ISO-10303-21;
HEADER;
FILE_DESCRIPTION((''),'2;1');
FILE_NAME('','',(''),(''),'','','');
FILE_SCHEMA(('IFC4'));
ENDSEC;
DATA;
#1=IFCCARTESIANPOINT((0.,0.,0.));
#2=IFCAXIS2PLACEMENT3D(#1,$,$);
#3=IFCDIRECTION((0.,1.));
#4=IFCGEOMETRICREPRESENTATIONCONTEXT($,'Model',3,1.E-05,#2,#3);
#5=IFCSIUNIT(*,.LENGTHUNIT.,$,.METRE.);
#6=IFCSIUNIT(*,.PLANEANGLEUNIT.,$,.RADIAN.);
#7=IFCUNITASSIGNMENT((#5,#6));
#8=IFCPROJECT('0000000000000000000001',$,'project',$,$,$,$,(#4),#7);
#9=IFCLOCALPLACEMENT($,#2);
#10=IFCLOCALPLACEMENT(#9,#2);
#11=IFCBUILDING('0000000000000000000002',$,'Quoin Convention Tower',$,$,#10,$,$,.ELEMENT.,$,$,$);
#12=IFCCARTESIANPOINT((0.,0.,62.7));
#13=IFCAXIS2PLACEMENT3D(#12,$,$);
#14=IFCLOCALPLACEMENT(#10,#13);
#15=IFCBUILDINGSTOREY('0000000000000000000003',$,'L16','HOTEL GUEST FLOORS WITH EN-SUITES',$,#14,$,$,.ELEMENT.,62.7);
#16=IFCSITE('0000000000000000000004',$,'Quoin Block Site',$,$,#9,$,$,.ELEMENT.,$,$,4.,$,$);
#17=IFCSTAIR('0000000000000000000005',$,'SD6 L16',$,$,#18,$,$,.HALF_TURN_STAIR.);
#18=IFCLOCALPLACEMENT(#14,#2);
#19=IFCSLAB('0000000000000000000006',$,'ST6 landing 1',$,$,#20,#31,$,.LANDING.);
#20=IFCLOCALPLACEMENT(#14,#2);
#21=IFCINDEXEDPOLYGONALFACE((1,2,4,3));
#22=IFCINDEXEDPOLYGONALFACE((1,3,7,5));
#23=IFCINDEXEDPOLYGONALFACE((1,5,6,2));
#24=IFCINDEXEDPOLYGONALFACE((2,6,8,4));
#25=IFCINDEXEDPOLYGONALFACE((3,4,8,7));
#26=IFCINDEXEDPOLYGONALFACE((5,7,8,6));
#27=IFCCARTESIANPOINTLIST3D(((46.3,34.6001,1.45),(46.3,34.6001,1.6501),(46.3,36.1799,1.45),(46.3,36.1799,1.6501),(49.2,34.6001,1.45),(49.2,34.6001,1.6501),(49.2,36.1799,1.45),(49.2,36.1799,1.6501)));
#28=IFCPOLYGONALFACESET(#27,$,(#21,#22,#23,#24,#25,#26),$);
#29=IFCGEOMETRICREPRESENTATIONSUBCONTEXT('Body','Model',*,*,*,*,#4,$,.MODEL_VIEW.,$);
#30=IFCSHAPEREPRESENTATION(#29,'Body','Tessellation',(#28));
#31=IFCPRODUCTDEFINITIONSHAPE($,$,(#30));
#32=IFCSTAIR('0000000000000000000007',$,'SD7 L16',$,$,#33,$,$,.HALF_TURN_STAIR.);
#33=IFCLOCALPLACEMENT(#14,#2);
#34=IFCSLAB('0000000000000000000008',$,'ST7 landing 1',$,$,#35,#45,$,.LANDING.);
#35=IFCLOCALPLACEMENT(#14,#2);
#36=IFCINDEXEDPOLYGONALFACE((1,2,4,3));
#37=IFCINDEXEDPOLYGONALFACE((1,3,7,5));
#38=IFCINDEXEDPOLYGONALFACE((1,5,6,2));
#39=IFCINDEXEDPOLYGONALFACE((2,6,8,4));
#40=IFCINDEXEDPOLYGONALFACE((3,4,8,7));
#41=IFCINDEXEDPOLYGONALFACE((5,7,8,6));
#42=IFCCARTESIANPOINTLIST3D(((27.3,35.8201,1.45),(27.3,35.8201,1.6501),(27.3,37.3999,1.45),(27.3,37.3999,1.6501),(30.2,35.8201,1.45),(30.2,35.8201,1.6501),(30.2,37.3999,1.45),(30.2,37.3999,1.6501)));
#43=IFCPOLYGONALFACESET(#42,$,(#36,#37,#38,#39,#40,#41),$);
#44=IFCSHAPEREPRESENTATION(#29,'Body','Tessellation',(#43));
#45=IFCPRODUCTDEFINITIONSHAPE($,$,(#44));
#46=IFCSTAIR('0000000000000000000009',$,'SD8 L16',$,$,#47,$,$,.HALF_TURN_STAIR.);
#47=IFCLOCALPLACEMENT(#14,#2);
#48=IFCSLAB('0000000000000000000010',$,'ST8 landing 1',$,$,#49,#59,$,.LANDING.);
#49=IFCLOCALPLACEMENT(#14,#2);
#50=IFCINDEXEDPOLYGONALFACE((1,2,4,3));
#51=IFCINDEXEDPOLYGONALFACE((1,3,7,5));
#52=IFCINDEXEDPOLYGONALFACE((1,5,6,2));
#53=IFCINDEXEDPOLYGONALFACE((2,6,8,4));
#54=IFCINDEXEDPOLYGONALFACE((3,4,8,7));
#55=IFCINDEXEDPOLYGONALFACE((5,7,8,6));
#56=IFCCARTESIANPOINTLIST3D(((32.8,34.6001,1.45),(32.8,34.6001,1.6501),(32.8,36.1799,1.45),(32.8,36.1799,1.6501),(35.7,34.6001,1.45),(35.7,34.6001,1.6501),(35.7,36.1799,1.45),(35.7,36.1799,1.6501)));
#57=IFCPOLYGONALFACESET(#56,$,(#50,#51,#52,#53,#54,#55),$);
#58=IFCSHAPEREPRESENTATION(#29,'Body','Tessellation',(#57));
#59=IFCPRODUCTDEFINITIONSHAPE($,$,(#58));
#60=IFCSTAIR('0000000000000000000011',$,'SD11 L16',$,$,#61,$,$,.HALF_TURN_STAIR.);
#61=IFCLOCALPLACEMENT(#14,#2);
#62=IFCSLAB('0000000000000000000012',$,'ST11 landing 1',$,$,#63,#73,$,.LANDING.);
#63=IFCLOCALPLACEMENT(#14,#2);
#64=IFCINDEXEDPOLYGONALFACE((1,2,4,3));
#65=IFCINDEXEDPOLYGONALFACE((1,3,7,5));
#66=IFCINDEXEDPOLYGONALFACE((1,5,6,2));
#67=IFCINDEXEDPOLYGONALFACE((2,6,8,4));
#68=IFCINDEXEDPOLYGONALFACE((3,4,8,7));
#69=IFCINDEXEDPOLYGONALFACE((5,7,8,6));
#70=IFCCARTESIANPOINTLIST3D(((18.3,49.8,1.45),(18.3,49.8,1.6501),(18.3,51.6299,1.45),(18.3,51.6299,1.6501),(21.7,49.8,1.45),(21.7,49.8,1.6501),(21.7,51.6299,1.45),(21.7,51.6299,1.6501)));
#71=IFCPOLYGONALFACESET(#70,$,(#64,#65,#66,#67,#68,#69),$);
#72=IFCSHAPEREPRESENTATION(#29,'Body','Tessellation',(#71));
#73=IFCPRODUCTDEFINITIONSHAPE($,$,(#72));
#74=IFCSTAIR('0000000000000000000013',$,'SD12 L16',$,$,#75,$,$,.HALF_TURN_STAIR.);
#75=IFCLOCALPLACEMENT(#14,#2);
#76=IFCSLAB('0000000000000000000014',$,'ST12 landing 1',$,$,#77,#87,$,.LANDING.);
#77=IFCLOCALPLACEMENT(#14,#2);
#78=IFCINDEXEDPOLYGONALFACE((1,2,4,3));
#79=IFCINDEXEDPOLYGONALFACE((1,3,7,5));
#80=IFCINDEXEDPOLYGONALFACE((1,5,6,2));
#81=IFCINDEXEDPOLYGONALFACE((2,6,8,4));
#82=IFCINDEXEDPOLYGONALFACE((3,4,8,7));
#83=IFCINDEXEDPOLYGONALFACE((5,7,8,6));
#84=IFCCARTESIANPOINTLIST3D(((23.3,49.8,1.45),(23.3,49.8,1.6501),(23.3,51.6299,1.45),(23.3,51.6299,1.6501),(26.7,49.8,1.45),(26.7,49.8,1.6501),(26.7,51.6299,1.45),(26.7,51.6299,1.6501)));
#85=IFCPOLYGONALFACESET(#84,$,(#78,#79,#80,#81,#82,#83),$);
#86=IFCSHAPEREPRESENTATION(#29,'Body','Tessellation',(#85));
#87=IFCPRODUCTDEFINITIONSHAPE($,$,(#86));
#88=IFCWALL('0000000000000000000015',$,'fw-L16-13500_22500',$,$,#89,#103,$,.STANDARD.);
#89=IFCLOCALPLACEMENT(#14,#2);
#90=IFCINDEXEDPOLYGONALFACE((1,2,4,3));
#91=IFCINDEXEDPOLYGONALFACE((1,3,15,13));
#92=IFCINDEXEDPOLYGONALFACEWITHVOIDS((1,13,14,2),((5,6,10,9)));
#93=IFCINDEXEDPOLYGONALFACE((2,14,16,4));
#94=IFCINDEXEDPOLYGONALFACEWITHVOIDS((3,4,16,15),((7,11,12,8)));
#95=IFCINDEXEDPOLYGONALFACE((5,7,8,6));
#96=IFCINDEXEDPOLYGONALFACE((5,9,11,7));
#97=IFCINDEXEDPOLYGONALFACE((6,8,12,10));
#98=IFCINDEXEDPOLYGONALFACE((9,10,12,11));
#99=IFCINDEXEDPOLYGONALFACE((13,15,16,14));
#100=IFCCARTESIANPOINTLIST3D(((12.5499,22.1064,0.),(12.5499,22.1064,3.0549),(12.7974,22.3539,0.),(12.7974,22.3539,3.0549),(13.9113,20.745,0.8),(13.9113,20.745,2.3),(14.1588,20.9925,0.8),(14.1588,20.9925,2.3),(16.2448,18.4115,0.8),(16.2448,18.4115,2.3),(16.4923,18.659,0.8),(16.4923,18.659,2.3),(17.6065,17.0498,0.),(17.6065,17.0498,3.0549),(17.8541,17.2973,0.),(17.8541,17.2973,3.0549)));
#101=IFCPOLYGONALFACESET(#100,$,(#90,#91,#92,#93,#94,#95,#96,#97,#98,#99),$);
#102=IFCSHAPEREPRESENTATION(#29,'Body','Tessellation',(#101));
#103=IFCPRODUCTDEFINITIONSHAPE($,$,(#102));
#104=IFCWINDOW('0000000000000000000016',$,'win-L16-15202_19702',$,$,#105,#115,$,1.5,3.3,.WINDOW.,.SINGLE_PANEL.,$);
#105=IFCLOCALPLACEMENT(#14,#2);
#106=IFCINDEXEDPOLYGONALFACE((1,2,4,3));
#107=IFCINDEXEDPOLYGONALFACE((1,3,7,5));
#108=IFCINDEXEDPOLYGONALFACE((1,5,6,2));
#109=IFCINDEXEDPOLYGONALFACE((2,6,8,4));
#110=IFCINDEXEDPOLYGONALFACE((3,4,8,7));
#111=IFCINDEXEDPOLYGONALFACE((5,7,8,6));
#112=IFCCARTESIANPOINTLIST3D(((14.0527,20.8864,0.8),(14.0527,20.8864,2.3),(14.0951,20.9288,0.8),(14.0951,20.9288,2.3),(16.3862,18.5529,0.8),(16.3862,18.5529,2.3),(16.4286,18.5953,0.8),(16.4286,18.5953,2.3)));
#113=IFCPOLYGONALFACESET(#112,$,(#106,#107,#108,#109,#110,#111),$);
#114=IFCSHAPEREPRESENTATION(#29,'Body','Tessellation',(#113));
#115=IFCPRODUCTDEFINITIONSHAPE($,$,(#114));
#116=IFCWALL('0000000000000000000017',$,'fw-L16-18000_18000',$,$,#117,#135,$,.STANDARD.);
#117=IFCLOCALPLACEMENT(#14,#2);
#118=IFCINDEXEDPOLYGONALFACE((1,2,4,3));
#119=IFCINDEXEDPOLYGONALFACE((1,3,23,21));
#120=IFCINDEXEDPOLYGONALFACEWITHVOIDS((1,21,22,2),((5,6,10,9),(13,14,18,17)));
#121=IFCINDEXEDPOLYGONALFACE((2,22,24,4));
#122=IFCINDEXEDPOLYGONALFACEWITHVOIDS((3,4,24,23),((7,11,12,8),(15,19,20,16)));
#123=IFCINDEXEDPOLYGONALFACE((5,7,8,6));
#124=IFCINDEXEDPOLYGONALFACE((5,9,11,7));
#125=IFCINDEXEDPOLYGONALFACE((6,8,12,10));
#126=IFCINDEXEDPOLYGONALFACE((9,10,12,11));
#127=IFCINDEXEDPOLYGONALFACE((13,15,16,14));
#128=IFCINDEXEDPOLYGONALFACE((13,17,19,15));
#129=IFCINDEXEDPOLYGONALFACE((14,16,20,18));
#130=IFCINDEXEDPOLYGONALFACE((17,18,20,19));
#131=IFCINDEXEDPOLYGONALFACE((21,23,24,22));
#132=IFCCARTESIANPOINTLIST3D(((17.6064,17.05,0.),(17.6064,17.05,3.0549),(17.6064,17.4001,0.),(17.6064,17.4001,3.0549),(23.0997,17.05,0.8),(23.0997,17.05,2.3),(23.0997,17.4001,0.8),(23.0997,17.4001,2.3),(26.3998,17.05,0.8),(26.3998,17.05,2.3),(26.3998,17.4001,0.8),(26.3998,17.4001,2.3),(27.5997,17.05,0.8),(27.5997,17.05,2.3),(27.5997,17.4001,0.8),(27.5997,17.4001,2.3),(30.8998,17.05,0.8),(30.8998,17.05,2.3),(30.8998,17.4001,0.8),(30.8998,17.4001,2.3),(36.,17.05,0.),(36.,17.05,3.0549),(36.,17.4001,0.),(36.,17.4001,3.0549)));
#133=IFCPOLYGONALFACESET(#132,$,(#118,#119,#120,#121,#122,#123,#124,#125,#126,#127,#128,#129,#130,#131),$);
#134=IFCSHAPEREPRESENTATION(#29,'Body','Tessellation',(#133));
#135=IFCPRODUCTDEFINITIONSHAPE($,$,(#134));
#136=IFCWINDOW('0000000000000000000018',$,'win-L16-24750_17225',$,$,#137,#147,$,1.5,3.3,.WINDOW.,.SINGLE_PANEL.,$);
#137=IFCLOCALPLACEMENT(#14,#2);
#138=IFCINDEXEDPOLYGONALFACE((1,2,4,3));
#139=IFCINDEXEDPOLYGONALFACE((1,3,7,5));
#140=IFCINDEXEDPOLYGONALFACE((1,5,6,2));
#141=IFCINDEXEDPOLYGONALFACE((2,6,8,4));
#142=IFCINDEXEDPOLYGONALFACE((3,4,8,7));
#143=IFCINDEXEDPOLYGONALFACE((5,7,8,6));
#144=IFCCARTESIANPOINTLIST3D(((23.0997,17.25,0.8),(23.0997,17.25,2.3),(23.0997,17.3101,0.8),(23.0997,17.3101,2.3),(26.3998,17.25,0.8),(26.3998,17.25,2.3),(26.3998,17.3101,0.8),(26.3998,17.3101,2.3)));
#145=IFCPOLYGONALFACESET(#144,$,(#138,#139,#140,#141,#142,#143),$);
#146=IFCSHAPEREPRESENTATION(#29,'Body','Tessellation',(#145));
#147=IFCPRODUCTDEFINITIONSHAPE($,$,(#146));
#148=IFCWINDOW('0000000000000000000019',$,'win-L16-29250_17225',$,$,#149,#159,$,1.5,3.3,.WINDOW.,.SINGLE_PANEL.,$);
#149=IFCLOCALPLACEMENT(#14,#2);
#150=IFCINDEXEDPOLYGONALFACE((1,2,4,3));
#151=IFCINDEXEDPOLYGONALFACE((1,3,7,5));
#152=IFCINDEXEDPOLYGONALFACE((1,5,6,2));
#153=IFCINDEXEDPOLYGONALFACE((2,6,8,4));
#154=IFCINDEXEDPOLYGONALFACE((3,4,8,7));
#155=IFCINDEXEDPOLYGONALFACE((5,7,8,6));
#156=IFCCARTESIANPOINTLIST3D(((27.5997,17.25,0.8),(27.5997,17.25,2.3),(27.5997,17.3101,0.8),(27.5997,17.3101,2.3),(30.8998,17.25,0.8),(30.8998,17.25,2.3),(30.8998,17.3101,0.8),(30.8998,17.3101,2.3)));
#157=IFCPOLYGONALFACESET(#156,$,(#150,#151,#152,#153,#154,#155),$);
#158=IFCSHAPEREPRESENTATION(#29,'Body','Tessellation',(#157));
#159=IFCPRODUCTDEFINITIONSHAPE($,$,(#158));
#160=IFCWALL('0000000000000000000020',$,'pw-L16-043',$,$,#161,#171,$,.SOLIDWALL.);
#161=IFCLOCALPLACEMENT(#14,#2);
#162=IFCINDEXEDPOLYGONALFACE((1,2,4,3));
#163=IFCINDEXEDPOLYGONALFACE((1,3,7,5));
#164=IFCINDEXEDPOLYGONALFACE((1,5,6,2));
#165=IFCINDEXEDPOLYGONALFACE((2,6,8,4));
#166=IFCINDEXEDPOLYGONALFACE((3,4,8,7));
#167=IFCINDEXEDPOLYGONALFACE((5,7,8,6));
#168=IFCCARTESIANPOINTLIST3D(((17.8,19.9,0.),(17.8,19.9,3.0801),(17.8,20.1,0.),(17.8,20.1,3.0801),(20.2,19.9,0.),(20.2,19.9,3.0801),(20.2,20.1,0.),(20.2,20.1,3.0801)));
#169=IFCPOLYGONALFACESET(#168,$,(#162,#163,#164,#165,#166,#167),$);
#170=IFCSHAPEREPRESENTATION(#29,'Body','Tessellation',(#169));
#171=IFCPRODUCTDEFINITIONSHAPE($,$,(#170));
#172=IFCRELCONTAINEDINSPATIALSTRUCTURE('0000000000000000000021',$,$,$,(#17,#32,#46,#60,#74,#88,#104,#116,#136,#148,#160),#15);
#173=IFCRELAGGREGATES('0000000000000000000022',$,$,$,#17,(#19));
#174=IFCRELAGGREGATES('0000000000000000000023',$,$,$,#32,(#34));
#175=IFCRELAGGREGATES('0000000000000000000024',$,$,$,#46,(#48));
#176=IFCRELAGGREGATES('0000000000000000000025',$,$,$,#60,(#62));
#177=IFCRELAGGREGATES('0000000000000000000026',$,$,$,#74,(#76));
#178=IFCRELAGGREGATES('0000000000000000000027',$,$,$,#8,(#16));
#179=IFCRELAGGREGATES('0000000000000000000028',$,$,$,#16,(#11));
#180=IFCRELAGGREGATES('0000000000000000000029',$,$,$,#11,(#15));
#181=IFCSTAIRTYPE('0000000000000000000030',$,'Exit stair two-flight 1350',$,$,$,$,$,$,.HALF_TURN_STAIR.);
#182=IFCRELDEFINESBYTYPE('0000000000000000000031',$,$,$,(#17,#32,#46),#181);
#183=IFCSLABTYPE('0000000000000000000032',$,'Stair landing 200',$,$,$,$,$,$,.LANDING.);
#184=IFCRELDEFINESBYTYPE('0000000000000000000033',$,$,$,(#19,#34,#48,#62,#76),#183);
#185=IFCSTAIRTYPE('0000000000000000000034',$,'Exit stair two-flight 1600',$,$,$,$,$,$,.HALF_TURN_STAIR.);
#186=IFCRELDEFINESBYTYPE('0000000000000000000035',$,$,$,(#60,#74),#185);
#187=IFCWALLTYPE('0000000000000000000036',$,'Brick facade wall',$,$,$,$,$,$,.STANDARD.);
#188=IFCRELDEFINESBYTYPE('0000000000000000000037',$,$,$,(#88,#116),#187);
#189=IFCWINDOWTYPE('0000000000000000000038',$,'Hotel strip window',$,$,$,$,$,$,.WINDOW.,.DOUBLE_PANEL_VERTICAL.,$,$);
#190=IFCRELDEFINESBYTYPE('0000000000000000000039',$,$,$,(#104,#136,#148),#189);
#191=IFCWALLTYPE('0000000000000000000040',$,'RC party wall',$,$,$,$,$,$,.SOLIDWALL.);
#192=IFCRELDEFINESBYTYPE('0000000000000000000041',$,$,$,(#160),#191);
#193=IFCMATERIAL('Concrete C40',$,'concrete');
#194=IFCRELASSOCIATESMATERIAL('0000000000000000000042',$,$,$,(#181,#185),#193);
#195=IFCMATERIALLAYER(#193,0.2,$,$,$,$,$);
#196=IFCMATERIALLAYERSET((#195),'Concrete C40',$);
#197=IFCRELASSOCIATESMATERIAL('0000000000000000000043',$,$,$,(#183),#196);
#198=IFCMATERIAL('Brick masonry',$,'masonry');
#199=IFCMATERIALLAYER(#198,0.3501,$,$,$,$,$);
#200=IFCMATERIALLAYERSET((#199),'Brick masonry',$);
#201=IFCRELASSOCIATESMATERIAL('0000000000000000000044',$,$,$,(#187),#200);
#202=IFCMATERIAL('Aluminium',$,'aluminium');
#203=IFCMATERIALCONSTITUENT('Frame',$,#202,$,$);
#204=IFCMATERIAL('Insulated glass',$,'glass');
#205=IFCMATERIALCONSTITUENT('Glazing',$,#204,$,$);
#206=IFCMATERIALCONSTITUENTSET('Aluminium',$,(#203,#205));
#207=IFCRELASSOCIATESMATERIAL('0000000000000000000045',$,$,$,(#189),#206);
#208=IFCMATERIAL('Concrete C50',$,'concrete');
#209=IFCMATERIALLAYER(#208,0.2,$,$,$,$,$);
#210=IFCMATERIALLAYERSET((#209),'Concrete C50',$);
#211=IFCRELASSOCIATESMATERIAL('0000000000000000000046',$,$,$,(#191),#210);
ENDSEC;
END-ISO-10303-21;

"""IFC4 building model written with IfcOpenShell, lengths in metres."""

from ifc_helpers import new_model, si_unit, direction, frame, frame_2d, origin, place, context, subcontext, project, spatial, polyline, rectangle, outline, extrude, material, layer, layer_set, constituent, constituent_set, type_object, element, fill, aggregate, save


model = new_model("IFC4")

# Units and contexts
model_context = context("Model", 3, precision=1e-05, world=origin(), true_north=direction((0.0, 1.0)))
body_context = subcontext(model_context, "Body", "Model", "MODEL_VIEW")
ifc_project = project(units=[si_unit("LENGTHUNIT", "METRE"), si_unit("PLANEANGLEUNIT", "RADIAN")], contexts=[model_context])

# Site, building, storey
site_placement = place(None, origin())
site = spatial("IfcSite", under=ifc_project, at=site_placement, Name="Quoin Block Site", CompositionType="ELEMENT", RefElevation=4.0)
building_placement = place(site_placement, origin())
building = spatial("IfcBuilding", under=site, at=building_placement, Name="Quoin Convention Tower", CompositionType="ELEMENT")
storey_placement = place(building_placement, frame((0.0, 0.0, 62.7)))
storey = spatial("IfcBuildingStorey", under=building, at=storey_placement, Name="L16", Description="HOTEL GUEST FLOORS WITH EN-SUITES", CompositionType="ELEMENT", Elevation=62.7)

# Shared definitions
ifc_material_1 = material(Name="Concrete C50", Category="concrete")

# Stairs, slabs
ifc_material_2 = material(Name="Concrete C40", Category="concrete")
stair_type_1 = type_object("IfcStairType", Name="Exit stair two-flight 1350", PredefinedType="HALF_TURN_STAIR", material=ifc_material_2)
ifc_layer_1 = layer(ifc_material_2, 0.2)
ifc_layer_set_1 = layer_set([ifc_layer_1], Name="Concrete C40")
slab_type_1 = type_object("IfcSlabType", Name="Stair landing 200", PredefinedType="LANDING", material=ifc_layer_set_1)
stair_1_placement = place(storey_placement, origin())
stair_1 = element("IfcStair", 1, at=stair_1_placement, inside=storey, type_object=stair_type_1, Name="SD6 L16", PredefinedType="HALF_TURN_STAIR")
slab_1_placement = place(storey_placement, frame((0.0, 0.0, 1.45)))
slab_1 = element("IfcSlab", 2, at=slab_1_placement, type_object=slab_type_1, Name="ST6 landing 1", PredefinedType="LANDING", context=body_context, shape_type="SweptSolid", body=[
    extrude(outline(polyline([(49.2, 36.1799), (46.3, 36.1799), (46.3, 34.6001), (49.2, 34.6001), (49.2, 36.1799)])), origin(), (0.0, 0.0, 1.0), 0.2002),
])
aggregate(stair_1, [slab_1])
stair_2_placement = place(storey_placement, origin())
stair_2 = element("IfcStair", 3, at=stair_2_placement, inside=storey, type_object=stair_type_1, Name="SD7 L16", PredefinedType="HALF_TURN_STAIR")
slab_2_placement = place(storey_placement, frame((0.0, 0.0, 1.45)))
slab_2 = element("IfcSlab", 4, at=slab_2_placement, type_object=slab_type_1, Name="ST7 landing 1", PredefinedType="LANDING", context=body_context, shape_type="SweptSolid", body=[
    extrude(outline(polyline([(27.3, 35.8201), (30.2, 35.8201), (30.2, 37.3999), (27.3, 37.3999), (27.3, 35.8201)])), origin(), (0.0, 0.0, 1.0), 0.2002),
])
aggregate(stair_2, [slab_2])
stair_3_placement = place(storey_placement, origin())
stair_3 = element("IfcStair", 5, at=stair_3_placement, inside=storey, type_object=stair_type_1, Name="SD8 L16", PredefinedType="HALF_TURN_STAIR")
slab_3_placement = place(storey_placement, frame((0.0, 0.0, 1.45)))
slab_3 = element("IfcSlab", 6, at=slab_3_placement, type_object=slab_type_1, Name="ST8 landing 1", PredefinedType="LANDING", context=body_context, shape_type="SweptSolid", body=[
    extrude(outline(polyline([(35.7, 36.1799), (32.8, 36.1799), (32.8, 34.6001), (35.7, 34.6001), (35.7, 36.1799)])), origin(), (0.0, 0.0, 1.0), 0.2002),
])
aggregate(stair_3, [slab_3])
stair_type_2 = type_object("IfcStairType", Name="Exit stair two-flight 1600", PredefinedType="HALF_TURN_STAIR", material=ifc_material_2)
stair_4_placement = place(storey_placement, origin())
stair_4 = element("IfcStair", 7, at=stair_4_placement, inside=storey, type_object=stair_type_2, Name="SD11 L16", PredefinedType="HALF_TURN_STAIR")
slab_4_placement = place(storey_placement, frame((0.0, 0.0, 1.45)))
slab_4 = element("IfcSlab", 8, at=slab_4_placement, type_object=slab_type_1, Name="ST11 landing 1", PredefinedType="LANDING", context=body_context, shape_type="SweptSolid", body=[
    extrude(outline(polyline([(21.7, 51.6299), (18.3, 51.6299), (18.3, 49.8), (21.7, 49.8), (21.7, 51.6299)])), origin(), (0.0, 0.0, 1.0), 0.2002),
])
aggregate(stair_4, [slab_4])
stair_5_placement = place(storey_placement, origin())
stair_5 = element("IfcStair", 9, at=stair_5_placement, inside=storey, type_object=stair_type_2, Name="SD12 L16", PredefinedType="HALF_TURN_STAIR")
slab_5_placement = place(storey_placement, frame((0.0, 0.0, 1.45)))
slab_5 = element("IfcSlab", 10, at=slab_5_placement, type_object=slab_type_1, Name="ST12 landing 1", PredefinedType="LANDING", context=body_context, shape_type="SweptSolid", body=[
    extrude(outline(polyline([(26.7, 51.6299), (23.3, 51.6299), (23.3, 49.8), (26.7, 49.8), (26.7, 51.6299)])), origin(), (0.0, 0.0, 1.0), 0.2002),
])
aggregate(stair_5, [slab_5])

# Wall, opening, window
ifc_material_3 = material(Name="Brick masonry", Category="masonry")
ifc_layer_2 = layer(ifc_material_3, 0.3501)
ifc_layer_set_2 = layer_set([ifc_layer_2], Name="Brick masonry")
wall_type_1 = type_object("IfcWallType", Name="Brick facade wall", PredefinedType="STANDARD", material=ifc_layer_set_2)
wall_1_placement = place(storey_placement, frame((12.6736, 22.2302, 0.0), z_axis=(0.0, 0.0, 1.0), x_axis=(0.707107, -0.707107, 0.0)))
wall_1 = element("IfcWall", 11, at=wall_1_placement, inside=storey, type_object=wall_type_1, Name="fw-L16-13500_22500", PredefinedType="STANDARD", context=body_context, shape_type="SweptSolid", body=[
    extrude(rectangle(XDim=7.1511, YDim=0.3501, at=frame_2d((3.5757, 0.0))), origin(), (0.0, 0.0, 1.0), 3.0549),
])
opening_1_placement = place(wall_1_placement, frame((1.9255, 0.0, 0.8)))
opening_1 = element("IfcOpeningElement", 12, at=opening_1_placement, cuts=wall_1, PredefinedType="OPENING", context=body_context, shape_type="SweptSolid", body=[
    extrude(rectangle(XDim=3.3, YDim=1.5, at=frame_2d((1.6499, 0.75))), frame((0.0, 0.1851, 0.0), z_axis=(0.0, -1.0, 0.0), x_axis=(1.0, 0.0, 0.0)), (0.0, 0.0, 1.0), 0.3701),
])
ifc_material_4 = material(Name="Aluminium", Category="aluminium")
ifc_constituent_1 = constituent(ifc_material_4, Name="Frame")
ifc_material_5 = material(Name="Insulated glass", Category="glass")
ifc_constituent_2 = constituent(ifc_material_5, Name="Glazing")
ifc_constituent_set = constituent_set(constituents=[ifc_constituent_1, ifc_constituent_2], Name="Aluminium")
window_type = type_object("IfcWindowType", Name="Hotel strip window", PartitioningType="DOUBLE_PANEL_VERTICAL", PredefinedType="WINDOW", material=ifc_constituent_set)
window_1_placement = place(opening_1_placement, origin())
window_1 = element("IfcWindow", 13, at=window_1_placement, inside=storey, type_object=window_type, Name="win-L16-15202_19702", OverallHeight=1.5, OverallWidth=3.3, PartitioningType="SINGLE_PANEL", PredefinedType="WINDOW", context=body_context, shape_type="SweptSolid", body=[
    extrude(rectangle(XDim=3.3, YDim=1.5, at=frame_2d((1.6499, 0.75))), frame((0.0, 0.085, 0.0), z_axis=(0.0, -1.0, 0.0), x_axis=(1.0, 0.0, 0.0)), (0.0, 0.0, 1.0), 0.0601),
])
fill(opening_1, window_1)

# Wall, openings, windows
wall_2_placement = place(storey_placement, frame((17.6064, 17.2251, 0.0), z_axis=(0.0, 0.0, 1.0), x_axis=(1.0, 0.0, 0.0)))
wall_2 = element("IfcWall", 14, at=wall_2_placement, inside=storey, type_object=wall_type_1, Name="fw-L16-18000_18000", PredefinedType="STANDARD", context=body_context, shape_type="SweptSolid", body=[
    extrude(rectangle(XDim=18.3936, YDim=0.3501, at=frame_2d((9.1968, 0.0))), origin(), (0.0, 0.0, 1.0), 3.0549),
])
opening_2_placement = place(wall_2_placement, frame((5.4934, 0.0, 0.8)))
opening_2 = element("IfcOpeningElement", 15, at=opening_2_placement, cuts=wall_2, PredefinedType="OPENING", context=body_context, shape_type="SweptSolid", body=[
    extrude(rectangle(XDim=3.3, YDim=1.5, at=frame_2d((1.6499, 0.75))), frame((0.0, 0.1851, 0.0), z_axis=(0.0, -1.0, 0.0), x_axis=(1.0, 0.0, 0.0)), (0.0, 0.0, 1.0), 0.3701),
])
opening_3_placement = place(wall_2_placement, frame((9.9934, 0.0, 0.8)))
opening_3 = element("IfcOpeningElement", 16, at=opening_3_placement, cuts=wall_2, PredefinedType="OPENING", context=body_context, shape_type="SweptSolid", body=[
    extrude(rectangle(XDim=3.3, YDim=1.5, at=frame_2d((1.6499, 0.75))), frame((0.0, 0.1851, 0.0), z_axis=(0.0, -1.0, 0.0), x_axis=(1.0, 0.0, 0.0)), (0.0, 0.0, 1.0), 0.3701),
])
window_2_placement = place(opening_2_placement, origin())
window_2 = element("IfcWindow", 17, at=window_2_placement, inside=storey, type_object=window_type, Name="win-L16-24750_17225", OverallHeight=1.5, OverallWidth=3.3, PartitioningType="SINGLE_PANEL", PredefinedType="WINDOW", context=body_context, shape_type="SweptSolid", body=[
    extrude(rectangle(XDim=3.3, YDim=1.5, at=frame_2d((1.6499, 0.75))), frame((0.0, 0.085, 0.0), z_axis=(0.0, -1.0, 0.0), x_axis=(1.0, 0.0, 0.0)), (0.0, 0.0, 1.0), 0.0601),
])
fill(opening_2, window_2)
window_3_placement = place(opening_3_placement, origin())
window_3 = element("IfcWindow", 18, at=window_3_placement, inside=storey, type_object=window_type, Name="win-L16-29250_17225", OverallHeight=1.5, OverallWidth=3.3, PartitioningType="SINGLE_PANEL", PredefinedType="WINDOW", context=body_context, shape_type="SweptSolid", body=[
    extrude(rectangle(XDim=3.3, YDim=1.5, at=frame_2d((1.6499, 0.75))), frame((0.0, 0.085, 0.0), z_axis=(0.0, -1.0, 0.0), x_axis=(1.0, 0.0, 0.0)), (0.0, 0.0, 1.0), 0.0601),
])
fill(opening_3, window_3)

# Wall
ifc_layer_3 = layer(ifc_material_1, 0.2)
ifc_layer_set_3 = layer_set([ifc_layer_3], Name="Concrete C50")
wall_type_2 = type_object("IfcWallType", Name="RC party wall", PredefinedType="SOLIDWALL", material=ifc_layer_set_3)
wall_3_placement = place(storey_placement, frame((17.8, 20.0, 0.0), z_axis=(0.0, 0.0, 1.0), x_axis=(1.0, 0.0, 0.0)))
element("IfcWall", 19, at=wall_3_placement, inside=storey, type_object=wall_type_2, Name="pw-L16-043", PredefinedType="SOLIDWALL", context=body_context, shape_type="SweptSolid", body=[
    extrude(rectangle(XDim=2.3999, YDim=0.2, at=frame_2d((1.2, 0.0))), origin(), (0.0, 0.0, 1.0), 3.0801),
])

save(model, "model.ifc")
